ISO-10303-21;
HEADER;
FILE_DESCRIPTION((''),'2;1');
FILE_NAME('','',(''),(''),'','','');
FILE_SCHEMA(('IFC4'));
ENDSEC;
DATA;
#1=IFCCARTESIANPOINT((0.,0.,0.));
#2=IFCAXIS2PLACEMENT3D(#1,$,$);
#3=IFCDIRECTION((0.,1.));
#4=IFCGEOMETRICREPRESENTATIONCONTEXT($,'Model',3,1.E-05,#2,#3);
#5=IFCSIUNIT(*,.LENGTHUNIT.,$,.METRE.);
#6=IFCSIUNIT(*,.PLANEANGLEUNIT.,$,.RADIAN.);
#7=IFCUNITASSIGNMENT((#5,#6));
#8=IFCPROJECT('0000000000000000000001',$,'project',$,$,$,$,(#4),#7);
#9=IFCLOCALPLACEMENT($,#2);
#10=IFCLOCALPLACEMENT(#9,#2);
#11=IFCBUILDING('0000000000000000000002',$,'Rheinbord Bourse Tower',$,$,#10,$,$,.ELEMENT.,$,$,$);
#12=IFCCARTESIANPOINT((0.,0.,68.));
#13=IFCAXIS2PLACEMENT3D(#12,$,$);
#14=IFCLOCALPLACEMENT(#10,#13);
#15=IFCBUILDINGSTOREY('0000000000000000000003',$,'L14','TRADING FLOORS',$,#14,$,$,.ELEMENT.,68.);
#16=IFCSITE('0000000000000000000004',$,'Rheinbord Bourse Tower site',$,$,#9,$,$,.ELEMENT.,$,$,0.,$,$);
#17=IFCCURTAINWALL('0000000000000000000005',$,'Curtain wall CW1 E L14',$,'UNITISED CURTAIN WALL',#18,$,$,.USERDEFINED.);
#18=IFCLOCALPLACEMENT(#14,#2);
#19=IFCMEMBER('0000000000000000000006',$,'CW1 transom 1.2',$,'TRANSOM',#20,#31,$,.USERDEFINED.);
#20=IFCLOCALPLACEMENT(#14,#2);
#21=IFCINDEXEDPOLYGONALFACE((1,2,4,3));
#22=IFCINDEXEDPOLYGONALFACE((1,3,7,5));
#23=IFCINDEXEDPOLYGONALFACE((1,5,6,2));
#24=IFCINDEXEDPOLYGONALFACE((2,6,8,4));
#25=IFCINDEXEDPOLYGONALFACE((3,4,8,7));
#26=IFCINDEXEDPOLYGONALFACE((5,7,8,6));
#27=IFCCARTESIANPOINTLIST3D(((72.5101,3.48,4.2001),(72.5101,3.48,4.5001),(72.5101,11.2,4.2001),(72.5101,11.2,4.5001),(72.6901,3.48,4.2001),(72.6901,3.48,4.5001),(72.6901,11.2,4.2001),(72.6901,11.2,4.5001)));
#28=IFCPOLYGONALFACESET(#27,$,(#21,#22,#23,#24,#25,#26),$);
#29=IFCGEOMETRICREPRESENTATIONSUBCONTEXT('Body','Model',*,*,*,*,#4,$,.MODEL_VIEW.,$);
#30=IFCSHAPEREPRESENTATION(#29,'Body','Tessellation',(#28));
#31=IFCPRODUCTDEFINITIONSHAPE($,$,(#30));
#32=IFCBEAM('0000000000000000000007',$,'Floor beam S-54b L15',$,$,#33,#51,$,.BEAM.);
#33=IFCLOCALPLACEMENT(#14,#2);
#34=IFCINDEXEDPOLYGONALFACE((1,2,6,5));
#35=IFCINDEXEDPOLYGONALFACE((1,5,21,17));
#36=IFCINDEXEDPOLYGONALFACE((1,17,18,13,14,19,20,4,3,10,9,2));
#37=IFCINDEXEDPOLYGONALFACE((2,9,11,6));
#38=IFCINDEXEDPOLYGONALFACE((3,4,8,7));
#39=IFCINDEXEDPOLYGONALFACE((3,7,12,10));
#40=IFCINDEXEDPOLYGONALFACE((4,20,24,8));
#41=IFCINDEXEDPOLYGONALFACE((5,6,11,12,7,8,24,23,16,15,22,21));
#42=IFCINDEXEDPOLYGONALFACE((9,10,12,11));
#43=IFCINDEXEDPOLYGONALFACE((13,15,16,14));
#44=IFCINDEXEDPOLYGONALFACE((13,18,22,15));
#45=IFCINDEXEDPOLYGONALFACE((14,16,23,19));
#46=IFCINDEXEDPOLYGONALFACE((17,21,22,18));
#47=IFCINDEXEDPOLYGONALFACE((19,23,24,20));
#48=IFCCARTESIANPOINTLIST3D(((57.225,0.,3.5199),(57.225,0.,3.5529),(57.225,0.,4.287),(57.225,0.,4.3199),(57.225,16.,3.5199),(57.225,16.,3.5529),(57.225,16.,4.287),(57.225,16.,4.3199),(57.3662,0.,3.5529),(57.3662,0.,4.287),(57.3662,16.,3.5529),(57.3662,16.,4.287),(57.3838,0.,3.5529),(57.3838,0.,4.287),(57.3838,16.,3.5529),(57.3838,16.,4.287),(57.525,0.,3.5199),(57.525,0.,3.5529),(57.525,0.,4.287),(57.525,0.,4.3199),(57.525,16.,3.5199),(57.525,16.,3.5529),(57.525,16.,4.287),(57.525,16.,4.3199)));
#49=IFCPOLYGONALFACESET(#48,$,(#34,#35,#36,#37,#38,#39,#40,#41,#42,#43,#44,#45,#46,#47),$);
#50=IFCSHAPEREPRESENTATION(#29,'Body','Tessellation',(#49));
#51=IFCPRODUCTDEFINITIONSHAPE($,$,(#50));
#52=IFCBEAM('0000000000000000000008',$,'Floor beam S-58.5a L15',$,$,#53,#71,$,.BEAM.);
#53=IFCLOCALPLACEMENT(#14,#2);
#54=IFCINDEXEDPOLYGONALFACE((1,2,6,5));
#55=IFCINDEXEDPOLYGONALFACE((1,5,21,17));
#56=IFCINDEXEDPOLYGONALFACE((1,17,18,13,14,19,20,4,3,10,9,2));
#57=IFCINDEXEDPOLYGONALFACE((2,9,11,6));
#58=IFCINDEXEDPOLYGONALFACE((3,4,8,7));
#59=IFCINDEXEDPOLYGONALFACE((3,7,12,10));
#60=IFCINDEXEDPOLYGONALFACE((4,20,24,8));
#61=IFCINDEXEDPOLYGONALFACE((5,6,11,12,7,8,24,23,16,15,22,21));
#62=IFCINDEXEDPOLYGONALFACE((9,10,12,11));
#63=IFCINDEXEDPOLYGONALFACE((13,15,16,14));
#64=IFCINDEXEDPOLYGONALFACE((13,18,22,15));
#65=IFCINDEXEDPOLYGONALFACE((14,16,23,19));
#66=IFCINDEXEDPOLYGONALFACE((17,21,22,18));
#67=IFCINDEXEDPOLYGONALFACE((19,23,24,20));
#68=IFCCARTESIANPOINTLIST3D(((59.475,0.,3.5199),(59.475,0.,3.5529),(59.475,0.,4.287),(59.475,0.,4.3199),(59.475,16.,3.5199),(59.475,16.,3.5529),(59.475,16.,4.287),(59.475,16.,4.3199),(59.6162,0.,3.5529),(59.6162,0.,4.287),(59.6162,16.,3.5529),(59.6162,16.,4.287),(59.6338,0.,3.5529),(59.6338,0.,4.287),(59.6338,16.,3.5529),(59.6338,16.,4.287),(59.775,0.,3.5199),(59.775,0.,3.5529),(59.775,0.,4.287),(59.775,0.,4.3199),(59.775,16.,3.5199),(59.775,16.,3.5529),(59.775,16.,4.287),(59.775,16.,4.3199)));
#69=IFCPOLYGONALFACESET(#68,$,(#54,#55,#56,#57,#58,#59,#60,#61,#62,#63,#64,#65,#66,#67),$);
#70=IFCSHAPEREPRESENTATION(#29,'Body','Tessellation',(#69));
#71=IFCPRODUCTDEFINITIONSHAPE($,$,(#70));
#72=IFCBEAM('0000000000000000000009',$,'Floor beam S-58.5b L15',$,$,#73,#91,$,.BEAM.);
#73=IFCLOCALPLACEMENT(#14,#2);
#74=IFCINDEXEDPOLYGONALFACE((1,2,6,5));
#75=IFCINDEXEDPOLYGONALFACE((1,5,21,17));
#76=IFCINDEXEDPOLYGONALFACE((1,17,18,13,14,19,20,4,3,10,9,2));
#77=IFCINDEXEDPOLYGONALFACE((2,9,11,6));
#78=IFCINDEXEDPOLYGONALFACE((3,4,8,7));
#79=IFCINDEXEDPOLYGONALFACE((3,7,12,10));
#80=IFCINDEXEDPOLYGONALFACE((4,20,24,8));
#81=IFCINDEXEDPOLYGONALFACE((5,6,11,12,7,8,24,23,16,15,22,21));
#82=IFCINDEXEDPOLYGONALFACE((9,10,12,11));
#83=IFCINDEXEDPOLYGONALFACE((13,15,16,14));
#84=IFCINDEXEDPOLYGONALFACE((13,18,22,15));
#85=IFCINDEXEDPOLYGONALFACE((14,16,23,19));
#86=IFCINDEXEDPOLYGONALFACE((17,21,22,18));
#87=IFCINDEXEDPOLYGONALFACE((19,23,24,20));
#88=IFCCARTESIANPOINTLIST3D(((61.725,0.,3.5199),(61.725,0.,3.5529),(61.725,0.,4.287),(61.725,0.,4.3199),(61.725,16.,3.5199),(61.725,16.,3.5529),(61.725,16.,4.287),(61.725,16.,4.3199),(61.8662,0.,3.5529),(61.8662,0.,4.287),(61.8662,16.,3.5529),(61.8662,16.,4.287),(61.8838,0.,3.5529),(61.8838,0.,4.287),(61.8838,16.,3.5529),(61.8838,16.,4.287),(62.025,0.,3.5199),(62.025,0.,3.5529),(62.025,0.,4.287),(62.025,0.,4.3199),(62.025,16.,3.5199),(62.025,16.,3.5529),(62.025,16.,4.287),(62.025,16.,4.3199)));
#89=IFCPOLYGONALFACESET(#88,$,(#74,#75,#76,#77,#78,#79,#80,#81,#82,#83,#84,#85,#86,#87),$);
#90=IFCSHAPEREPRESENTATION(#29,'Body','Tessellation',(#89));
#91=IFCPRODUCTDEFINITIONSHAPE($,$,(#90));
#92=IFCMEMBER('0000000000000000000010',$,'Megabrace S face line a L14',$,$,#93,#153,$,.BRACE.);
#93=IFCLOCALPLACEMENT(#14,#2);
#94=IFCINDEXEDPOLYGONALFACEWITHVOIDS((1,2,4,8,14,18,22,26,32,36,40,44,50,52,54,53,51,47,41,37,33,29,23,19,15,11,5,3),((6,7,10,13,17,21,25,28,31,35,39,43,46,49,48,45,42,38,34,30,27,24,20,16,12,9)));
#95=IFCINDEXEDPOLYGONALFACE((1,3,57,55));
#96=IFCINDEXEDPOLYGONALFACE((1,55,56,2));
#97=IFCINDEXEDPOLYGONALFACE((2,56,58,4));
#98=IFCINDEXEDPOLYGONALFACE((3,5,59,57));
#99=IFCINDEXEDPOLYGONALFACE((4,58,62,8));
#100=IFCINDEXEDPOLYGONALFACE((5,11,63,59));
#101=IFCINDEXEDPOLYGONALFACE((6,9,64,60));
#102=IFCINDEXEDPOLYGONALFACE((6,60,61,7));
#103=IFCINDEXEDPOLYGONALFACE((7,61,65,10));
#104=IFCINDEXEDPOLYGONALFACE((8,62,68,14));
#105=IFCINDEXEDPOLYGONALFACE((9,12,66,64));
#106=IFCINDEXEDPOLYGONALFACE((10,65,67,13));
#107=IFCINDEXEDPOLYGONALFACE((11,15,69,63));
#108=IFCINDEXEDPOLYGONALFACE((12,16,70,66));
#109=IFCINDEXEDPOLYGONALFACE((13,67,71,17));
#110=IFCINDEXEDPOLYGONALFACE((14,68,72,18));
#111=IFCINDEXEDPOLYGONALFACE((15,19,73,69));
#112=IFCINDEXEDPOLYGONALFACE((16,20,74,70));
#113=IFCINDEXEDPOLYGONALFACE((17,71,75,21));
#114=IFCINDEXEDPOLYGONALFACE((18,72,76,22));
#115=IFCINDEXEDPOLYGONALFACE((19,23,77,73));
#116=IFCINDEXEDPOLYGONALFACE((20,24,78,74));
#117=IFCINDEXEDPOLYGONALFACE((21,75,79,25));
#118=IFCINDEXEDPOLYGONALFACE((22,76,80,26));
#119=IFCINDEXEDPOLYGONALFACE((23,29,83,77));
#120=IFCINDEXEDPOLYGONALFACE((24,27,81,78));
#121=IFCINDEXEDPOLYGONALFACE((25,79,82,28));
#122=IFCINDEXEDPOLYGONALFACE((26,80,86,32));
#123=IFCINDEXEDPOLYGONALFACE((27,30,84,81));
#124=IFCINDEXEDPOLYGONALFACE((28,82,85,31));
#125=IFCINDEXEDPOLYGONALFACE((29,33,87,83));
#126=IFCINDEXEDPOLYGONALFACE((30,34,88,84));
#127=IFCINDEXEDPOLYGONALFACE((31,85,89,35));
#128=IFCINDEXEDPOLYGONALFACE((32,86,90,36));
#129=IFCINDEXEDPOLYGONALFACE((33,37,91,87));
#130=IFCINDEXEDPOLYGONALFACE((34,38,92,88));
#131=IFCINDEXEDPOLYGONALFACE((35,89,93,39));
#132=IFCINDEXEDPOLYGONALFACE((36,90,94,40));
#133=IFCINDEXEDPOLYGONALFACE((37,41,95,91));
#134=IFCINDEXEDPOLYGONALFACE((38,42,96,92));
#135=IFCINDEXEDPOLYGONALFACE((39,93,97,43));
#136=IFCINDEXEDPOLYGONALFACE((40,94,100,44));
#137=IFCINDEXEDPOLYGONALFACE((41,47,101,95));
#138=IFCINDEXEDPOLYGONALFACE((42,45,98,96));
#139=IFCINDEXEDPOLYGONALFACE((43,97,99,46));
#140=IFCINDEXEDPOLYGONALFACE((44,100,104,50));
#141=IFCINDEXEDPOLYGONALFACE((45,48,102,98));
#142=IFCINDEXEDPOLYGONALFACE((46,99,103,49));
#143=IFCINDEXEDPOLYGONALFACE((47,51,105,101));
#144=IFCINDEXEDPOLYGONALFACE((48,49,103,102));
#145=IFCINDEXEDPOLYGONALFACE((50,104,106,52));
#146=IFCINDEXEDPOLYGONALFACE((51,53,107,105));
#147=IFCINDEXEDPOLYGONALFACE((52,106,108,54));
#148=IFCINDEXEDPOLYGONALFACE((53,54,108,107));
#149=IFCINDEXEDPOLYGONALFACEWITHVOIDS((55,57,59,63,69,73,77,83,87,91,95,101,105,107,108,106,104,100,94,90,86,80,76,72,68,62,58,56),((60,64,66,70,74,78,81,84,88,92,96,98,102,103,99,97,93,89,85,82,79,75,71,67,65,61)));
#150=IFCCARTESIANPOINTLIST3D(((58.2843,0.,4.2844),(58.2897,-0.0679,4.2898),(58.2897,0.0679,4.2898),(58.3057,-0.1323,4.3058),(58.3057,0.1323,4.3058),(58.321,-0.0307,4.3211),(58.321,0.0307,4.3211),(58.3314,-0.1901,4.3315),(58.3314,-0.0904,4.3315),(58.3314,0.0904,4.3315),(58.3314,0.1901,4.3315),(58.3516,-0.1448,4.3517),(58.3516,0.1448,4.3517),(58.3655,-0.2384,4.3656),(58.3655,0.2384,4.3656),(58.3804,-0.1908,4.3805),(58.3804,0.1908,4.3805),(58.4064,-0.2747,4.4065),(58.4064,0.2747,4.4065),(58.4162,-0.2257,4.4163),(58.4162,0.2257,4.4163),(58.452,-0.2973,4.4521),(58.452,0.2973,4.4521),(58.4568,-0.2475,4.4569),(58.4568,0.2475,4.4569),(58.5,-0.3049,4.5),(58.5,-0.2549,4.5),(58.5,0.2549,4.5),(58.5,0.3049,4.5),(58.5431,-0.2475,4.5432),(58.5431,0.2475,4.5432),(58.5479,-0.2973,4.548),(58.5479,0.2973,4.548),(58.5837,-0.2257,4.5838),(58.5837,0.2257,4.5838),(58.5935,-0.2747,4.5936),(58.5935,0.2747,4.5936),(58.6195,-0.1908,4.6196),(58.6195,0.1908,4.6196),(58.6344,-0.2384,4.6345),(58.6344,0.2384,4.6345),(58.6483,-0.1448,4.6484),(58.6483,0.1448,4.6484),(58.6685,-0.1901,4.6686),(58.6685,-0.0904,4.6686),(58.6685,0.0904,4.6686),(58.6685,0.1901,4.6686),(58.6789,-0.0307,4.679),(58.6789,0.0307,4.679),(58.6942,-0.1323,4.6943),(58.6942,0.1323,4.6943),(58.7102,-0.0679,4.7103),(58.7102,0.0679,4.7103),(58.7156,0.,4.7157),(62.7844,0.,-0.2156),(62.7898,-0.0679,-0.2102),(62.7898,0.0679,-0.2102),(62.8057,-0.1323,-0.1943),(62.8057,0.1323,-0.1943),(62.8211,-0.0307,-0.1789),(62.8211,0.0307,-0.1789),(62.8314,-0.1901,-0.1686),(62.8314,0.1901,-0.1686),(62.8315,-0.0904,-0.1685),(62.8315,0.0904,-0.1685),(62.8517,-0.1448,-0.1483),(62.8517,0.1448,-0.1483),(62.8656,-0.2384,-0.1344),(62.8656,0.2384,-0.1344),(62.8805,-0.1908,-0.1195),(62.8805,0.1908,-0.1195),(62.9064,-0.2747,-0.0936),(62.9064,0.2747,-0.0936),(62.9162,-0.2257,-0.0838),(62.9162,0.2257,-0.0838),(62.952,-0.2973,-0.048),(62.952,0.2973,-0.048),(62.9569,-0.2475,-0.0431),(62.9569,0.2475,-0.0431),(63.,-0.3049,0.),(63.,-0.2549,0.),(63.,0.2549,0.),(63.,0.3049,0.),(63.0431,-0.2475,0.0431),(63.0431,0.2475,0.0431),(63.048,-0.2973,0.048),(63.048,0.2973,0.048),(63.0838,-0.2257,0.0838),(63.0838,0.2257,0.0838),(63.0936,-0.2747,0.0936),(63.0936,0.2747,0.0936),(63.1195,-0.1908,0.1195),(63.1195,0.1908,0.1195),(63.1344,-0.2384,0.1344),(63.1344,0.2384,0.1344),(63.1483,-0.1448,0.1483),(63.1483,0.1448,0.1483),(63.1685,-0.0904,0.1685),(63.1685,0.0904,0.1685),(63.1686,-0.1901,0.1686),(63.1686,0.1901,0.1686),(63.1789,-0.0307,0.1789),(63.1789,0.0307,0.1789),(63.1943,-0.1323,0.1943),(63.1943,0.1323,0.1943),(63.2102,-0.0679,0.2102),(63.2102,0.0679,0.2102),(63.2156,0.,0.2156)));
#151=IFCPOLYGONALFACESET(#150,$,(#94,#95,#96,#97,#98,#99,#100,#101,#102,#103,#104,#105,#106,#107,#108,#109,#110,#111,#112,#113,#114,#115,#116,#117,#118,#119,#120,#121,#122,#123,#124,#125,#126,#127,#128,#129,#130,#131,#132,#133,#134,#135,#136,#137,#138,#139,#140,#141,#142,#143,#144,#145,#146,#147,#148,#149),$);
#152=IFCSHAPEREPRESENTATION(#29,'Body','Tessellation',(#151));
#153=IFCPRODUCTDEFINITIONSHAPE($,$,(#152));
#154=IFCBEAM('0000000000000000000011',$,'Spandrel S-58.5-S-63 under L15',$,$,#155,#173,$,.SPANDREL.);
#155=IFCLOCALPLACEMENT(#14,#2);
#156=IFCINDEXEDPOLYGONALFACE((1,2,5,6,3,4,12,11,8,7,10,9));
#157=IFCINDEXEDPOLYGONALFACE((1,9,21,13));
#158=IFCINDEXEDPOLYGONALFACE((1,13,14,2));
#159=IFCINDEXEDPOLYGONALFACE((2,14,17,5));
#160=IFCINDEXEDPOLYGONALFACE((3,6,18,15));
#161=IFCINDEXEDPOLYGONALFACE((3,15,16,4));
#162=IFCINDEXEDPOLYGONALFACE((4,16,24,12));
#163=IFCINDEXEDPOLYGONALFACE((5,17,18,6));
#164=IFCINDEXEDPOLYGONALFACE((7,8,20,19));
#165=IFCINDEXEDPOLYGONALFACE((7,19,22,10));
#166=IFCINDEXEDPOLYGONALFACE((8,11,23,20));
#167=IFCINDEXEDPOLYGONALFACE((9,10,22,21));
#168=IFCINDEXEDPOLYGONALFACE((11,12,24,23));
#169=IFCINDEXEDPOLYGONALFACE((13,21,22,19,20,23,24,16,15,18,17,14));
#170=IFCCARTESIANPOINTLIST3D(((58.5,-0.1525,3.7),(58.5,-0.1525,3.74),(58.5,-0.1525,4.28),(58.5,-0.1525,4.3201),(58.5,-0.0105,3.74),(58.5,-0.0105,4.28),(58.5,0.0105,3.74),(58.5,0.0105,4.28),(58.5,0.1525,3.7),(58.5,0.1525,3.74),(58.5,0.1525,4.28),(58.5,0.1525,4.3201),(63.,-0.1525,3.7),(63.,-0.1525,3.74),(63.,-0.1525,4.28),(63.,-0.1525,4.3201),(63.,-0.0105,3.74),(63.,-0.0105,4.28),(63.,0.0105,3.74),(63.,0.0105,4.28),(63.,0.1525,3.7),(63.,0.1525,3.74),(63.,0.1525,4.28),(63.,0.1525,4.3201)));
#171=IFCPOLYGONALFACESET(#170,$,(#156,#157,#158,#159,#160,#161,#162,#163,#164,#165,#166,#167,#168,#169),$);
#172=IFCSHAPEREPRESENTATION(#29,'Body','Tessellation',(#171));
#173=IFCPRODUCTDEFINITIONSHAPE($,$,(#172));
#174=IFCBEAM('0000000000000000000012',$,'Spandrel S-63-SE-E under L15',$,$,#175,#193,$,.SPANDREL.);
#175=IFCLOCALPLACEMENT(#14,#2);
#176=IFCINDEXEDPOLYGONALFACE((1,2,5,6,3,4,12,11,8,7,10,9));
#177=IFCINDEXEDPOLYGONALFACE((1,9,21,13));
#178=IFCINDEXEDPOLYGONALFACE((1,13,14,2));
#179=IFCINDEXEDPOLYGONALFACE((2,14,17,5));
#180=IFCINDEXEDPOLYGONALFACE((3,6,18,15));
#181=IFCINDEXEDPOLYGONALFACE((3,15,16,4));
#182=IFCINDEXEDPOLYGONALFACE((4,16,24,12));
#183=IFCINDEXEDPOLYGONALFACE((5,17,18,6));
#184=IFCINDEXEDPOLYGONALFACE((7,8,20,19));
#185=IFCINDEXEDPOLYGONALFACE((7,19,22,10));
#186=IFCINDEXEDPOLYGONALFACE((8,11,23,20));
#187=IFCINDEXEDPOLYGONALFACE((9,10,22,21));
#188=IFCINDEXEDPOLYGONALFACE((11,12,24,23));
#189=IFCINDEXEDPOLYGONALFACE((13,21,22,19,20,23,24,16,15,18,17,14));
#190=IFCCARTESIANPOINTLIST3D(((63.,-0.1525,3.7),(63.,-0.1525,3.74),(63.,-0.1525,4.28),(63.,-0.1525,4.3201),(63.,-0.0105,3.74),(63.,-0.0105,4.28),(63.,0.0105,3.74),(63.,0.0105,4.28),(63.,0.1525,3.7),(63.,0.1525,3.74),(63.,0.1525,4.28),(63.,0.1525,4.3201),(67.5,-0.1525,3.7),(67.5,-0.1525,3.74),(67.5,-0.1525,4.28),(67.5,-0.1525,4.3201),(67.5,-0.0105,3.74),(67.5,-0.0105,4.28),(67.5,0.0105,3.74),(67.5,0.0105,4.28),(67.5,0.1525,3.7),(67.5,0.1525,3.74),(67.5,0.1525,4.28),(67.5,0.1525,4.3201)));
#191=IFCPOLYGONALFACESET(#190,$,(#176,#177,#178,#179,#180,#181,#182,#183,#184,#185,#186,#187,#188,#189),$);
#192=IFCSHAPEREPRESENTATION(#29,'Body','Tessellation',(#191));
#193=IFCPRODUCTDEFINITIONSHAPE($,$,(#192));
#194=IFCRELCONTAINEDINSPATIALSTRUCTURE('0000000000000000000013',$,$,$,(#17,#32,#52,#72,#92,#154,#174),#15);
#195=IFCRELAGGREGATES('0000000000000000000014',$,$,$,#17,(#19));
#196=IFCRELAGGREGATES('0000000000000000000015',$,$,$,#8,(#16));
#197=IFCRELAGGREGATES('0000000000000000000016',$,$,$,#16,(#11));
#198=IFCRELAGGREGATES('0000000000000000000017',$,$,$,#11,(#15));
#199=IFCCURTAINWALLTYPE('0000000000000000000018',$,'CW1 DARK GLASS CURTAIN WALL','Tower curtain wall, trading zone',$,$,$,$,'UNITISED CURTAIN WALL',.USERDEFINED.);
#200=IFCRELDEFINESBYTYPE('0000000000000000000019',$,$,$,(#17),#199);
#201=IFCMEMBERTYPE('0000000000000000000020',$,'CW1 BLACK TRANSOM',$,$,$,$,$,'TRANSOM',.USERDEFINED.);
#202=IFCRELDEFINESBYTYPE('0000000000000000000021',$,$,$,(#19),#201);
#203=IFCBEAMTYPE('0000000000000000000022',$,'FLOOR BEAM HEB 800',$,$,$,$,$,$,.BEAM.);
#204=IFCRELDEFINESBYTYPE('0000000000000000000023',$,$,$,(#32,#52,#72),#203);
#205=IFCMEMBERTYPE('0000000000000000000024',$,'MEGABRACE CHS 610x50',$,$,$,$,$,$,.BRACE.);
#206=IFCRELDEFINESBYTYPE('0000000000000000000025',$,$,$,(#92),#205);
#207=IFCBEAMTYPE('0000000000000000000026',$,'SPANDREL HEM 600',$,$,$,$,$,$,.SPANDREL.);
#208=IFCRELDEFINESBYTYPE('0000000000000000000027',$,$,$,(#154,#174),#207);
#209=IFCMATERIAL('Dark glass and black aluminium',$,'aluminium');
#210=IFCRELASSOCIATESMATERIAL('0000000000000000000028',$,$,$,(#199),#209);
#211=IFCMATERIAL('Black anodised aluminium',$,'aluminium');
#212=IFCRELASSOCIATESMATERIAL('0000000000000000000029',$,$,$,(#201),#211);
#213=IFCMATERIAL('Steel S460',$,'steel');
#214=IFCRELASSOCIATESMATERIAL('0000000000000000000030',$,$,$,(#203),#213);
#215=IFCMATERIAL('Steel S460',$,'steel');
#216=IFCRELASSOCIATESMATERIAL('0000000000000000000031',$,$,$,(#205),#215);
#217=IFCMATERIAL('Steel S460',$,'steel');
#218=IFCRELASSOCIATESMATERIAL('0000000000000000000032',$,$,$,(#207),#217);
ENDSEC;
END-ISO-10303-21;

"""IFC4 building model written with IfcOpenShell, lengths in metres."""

from ifc_helpers import new_model, si_unit, direction, frame, origin, origin_2d, place, context, subcontext, project, spatial, rectangle, hollow_circle, i_section, extrude, material, material_profile, profile_set, type_object, element, aggregate, save


model = new_model("IFC4")

# Units and contexts
model_context = context("Model", 3, precision=1e-05, world=origin(), true_north=direction((0.0, 1.0)))
body_context = subcontext(model_context, "Body", "Model", "MODEL_VIEW")
ifc_project = project(units=[si_unit("LENGTHUNIT", "METRE"), si_unit("PLANEANGLEUNIT", "RADIAN")], contexts=[model_context])

# Site, building, storey
site_placement = place(None, origin())
site = spatial("IfcSite", under=ifc_project, at=site_placement, Name="Rheinbord Bourse Tower site", CompositionType="ELEMENT", RefElevation=0.0)
building_placement = place(site_placement, origin())
building = spatial("IfcBuilding", under=site, at=building_placement, Name="Rheinbord Bourse Tower", CompositionType="ELEMENT")
storey_placement = place(building_placement, frame((0.0, 0.0, 68.0)))
storey = spatial("IfcBuildingStorey", under=building, at=storey_placement, Name="L14", Description="TRADING FLOORS", CompositionType="ELEMENT", Elevation=68.0)

# Shared definitions
ifc_material_1 = material(Name="Dark glass and black aluminium", Category="aluminium")
curtain_wall_type = type_object("IfcCurtainWallType", Name="CW1 DARK GLASS CURTAIN WALL", Description="Tower curtain wall, trading zone", ElementType="UNITISED CURTAIN WALL", PredefinedType="USERDEFINED", material=ifc_material_1)

# Curtain wall
curtain_wall_1_placement = place(storey_placement, origin())
curtain_wall_1 = element("IfcCurtainWall", 1, at=curtain_wall_1_placement, inside=storey, type_object=curtain_wall_type, Name="Curtain wall CW1 E L14", ObjectType="UNITISED CURTAIN WALL", PredefinedType="USERDEFINED")

# Member
ifc_material_2 = material(Name="Black anodised aluminium", Category="aluminium")
ifc_material_profile_1 = material_profile(ifc_material_2, rectangle(XDim=0.1799, YDim=0.3, at=origin_2d()), Name="CW1 TRANSOM 300x180")
ifc_profile_set_1 = profile_set([ifc_material_profile_1], Name="Black anodised aluminium")
member_type_1 = type_object("IfcMemberType", Name="CW1 BLACK TRANSOM", ElementType="TRANSOM", PredefinedType="USERDEFINED", material=ifc_profile_set_1)
member_1_placement = place(storey_placement, frame((72.6001, 3.48, 4.3501), z_axis=(0.0, 1.0, 0.0), x_axis=(-1.0, 0.0, 0.0)))
member_1 = element("IfcMember", 2, at=member_1_placement, type_object=member_type_1, Name="CW1 transom 1.2", ObjectType="TRANSOM", PredefinedType="USERDEFINED", context=body_context, shape_type="SweptSolid", body=[
    extrude(rectangle(XDim=0.1799, YDim=0.3, at=origin_2d()), origin(), (0.0, 0.0, 1.0), 7.72),
])

# Beams
ifc_material_3 = material(Name="Steel S460", Category="steel")
ifc_material_profile_2 = material_profile(ifc_material_3, i_section(OverallWidth=0.3, OverallDepth=0.8, WebThickness=0.0176, FlangeThickness=0.033, at=origin_2d()), Name="HEB 800")
ifc_profile_set_2 = profile_set([ifc_material_profile_2], Name="Steel S460")
beam_type_1 = type_object("IfcBeamType", Name="FLOOR BEAM HEB 800", PredefinedType="BEAM", material=ifc_profile_set_2)
for number, where, z_axis, x_axis, name in (
    (3, (57.375, 0.0, 3.9199), (0.0, 1.0, 0.0), (-1.0, 0.0, 0.0), "Floor beam S-54b L15"),
    (4, (59.625, 0.0, 3.9199), (0.0, 1.0, 0.0), (-1.0, 0.0, 0.0), "Floor beam S-58.5a L15"),
    (5, (61.875, 0.0, 3.9199), (0.0, 1.0, 0.0), (-1.0, 0.0, 0.0), "Floor beam S-58.5b L15"),
):
    element("IfcBeam", number, at=place(storey_placement, frame(where, z_axis=z_axis, x_axis=x_axis)), inside=storey, type_object=beam_type_1, Name=name, PredefinedType="BEAM", context=body_context, shape_type="SweptSolid", body=[
        extrude(i_section(OverallWidth=0.3, OverallDepth=0.8, WebThickness=0.0176, FlangeThickness=0.033, at=origin_2d()), origin(), (0.0, 0.0, 1.0), 16.0),
    ])

# Member
ifc_material_4 = material(Name="Steel S460", Category="steel")
ifc_material_profile_3 = material_profile(ifc_material_4, hollow_circle(Radius=0.3049, WallThickness=0.05, at=origin_2d()), Name="CHS 610x50")
ifc_profile_set_3 = profile_set([ifc_material_profile_3], Name="Steel S460")
member_type_2 = type_object("IfcMemberType", Name="MEGABRACE CHS 610x50", PredefinedType="BRACE", material=ifc_profile_set_3)
member_2_placement = place(storey_placement, frame((63.0, 0.0, 0.0), z_axis=(-0.707107, 0.0, 0.707107), x_axis=(0.0, -1.0, 0.0)))
element("IfcMember", 6, at=member_2_placement, inside=storey, type_object=member_type_2, Name="Megabrace S face line a L14", PredefinedType="BRACE", context=body_context, shape_type="SweptSolid", body=[
    extrude(hollow_circle(Radius=0.3049, WallThickness=0.05, at=origin_2d()), origin(), (0.0, 0.0, 1.0), 6.364),
])

# Beams
ifc_material_5 = material(Name="Steel S460", Category="steel")
ifc_material_profile_4 = material_profile(ifc_material_5, i_section(OverallWidth=0.3049, OverallDepth=0.6201, WebThickness=0.021, FlangeThickness=0.04, at=origin_2d()), Name="HEM 600")
ifc_profile_set_4 = profile_set([ifc_material_profile_4], Name="Steel S460")
beam_type_2 = type_object("IfcBeamType", Name="SPANDREL HEM 600", PredefinedType="SPANDREL", material=ifc_profile_set_4)
for number, where, z_axis, x_axis, name in (
    (7, (58.5, 0.0, 4.01), (1.0, 0.0, 0.0), (0.0, 1.0, 0.0), "Spandrel S-58.5-S-63 under L15"),
    (8, (63.0, 0.0, 4.01), (1.0, 0.0, 0.0), (0.0, 1.0, 0.0), "Spandrel S-63-SE-E under L15"),
):
    element("IfcBeam", number, at=place(storey_placement, frame(where, z_axis=z_axis, x_axis=x_axis)), inside=storey, type_object=beam_type_2, Name=name, PredefinedType="SPANDREL", context=body_context, shape_type="SweptSolid", body=[
        extrude(i_section(OverallWidth=0.3049, OverallDepth=0.6201, WebThickness=0.021, FlangeThickness=0.04, at=origin_2d()), origin(), (0.0, 0.0, 1.0), 4.5),
    ])

aggregate(curtain_wall_1, [member_1])

save(model, "model.ifc")
